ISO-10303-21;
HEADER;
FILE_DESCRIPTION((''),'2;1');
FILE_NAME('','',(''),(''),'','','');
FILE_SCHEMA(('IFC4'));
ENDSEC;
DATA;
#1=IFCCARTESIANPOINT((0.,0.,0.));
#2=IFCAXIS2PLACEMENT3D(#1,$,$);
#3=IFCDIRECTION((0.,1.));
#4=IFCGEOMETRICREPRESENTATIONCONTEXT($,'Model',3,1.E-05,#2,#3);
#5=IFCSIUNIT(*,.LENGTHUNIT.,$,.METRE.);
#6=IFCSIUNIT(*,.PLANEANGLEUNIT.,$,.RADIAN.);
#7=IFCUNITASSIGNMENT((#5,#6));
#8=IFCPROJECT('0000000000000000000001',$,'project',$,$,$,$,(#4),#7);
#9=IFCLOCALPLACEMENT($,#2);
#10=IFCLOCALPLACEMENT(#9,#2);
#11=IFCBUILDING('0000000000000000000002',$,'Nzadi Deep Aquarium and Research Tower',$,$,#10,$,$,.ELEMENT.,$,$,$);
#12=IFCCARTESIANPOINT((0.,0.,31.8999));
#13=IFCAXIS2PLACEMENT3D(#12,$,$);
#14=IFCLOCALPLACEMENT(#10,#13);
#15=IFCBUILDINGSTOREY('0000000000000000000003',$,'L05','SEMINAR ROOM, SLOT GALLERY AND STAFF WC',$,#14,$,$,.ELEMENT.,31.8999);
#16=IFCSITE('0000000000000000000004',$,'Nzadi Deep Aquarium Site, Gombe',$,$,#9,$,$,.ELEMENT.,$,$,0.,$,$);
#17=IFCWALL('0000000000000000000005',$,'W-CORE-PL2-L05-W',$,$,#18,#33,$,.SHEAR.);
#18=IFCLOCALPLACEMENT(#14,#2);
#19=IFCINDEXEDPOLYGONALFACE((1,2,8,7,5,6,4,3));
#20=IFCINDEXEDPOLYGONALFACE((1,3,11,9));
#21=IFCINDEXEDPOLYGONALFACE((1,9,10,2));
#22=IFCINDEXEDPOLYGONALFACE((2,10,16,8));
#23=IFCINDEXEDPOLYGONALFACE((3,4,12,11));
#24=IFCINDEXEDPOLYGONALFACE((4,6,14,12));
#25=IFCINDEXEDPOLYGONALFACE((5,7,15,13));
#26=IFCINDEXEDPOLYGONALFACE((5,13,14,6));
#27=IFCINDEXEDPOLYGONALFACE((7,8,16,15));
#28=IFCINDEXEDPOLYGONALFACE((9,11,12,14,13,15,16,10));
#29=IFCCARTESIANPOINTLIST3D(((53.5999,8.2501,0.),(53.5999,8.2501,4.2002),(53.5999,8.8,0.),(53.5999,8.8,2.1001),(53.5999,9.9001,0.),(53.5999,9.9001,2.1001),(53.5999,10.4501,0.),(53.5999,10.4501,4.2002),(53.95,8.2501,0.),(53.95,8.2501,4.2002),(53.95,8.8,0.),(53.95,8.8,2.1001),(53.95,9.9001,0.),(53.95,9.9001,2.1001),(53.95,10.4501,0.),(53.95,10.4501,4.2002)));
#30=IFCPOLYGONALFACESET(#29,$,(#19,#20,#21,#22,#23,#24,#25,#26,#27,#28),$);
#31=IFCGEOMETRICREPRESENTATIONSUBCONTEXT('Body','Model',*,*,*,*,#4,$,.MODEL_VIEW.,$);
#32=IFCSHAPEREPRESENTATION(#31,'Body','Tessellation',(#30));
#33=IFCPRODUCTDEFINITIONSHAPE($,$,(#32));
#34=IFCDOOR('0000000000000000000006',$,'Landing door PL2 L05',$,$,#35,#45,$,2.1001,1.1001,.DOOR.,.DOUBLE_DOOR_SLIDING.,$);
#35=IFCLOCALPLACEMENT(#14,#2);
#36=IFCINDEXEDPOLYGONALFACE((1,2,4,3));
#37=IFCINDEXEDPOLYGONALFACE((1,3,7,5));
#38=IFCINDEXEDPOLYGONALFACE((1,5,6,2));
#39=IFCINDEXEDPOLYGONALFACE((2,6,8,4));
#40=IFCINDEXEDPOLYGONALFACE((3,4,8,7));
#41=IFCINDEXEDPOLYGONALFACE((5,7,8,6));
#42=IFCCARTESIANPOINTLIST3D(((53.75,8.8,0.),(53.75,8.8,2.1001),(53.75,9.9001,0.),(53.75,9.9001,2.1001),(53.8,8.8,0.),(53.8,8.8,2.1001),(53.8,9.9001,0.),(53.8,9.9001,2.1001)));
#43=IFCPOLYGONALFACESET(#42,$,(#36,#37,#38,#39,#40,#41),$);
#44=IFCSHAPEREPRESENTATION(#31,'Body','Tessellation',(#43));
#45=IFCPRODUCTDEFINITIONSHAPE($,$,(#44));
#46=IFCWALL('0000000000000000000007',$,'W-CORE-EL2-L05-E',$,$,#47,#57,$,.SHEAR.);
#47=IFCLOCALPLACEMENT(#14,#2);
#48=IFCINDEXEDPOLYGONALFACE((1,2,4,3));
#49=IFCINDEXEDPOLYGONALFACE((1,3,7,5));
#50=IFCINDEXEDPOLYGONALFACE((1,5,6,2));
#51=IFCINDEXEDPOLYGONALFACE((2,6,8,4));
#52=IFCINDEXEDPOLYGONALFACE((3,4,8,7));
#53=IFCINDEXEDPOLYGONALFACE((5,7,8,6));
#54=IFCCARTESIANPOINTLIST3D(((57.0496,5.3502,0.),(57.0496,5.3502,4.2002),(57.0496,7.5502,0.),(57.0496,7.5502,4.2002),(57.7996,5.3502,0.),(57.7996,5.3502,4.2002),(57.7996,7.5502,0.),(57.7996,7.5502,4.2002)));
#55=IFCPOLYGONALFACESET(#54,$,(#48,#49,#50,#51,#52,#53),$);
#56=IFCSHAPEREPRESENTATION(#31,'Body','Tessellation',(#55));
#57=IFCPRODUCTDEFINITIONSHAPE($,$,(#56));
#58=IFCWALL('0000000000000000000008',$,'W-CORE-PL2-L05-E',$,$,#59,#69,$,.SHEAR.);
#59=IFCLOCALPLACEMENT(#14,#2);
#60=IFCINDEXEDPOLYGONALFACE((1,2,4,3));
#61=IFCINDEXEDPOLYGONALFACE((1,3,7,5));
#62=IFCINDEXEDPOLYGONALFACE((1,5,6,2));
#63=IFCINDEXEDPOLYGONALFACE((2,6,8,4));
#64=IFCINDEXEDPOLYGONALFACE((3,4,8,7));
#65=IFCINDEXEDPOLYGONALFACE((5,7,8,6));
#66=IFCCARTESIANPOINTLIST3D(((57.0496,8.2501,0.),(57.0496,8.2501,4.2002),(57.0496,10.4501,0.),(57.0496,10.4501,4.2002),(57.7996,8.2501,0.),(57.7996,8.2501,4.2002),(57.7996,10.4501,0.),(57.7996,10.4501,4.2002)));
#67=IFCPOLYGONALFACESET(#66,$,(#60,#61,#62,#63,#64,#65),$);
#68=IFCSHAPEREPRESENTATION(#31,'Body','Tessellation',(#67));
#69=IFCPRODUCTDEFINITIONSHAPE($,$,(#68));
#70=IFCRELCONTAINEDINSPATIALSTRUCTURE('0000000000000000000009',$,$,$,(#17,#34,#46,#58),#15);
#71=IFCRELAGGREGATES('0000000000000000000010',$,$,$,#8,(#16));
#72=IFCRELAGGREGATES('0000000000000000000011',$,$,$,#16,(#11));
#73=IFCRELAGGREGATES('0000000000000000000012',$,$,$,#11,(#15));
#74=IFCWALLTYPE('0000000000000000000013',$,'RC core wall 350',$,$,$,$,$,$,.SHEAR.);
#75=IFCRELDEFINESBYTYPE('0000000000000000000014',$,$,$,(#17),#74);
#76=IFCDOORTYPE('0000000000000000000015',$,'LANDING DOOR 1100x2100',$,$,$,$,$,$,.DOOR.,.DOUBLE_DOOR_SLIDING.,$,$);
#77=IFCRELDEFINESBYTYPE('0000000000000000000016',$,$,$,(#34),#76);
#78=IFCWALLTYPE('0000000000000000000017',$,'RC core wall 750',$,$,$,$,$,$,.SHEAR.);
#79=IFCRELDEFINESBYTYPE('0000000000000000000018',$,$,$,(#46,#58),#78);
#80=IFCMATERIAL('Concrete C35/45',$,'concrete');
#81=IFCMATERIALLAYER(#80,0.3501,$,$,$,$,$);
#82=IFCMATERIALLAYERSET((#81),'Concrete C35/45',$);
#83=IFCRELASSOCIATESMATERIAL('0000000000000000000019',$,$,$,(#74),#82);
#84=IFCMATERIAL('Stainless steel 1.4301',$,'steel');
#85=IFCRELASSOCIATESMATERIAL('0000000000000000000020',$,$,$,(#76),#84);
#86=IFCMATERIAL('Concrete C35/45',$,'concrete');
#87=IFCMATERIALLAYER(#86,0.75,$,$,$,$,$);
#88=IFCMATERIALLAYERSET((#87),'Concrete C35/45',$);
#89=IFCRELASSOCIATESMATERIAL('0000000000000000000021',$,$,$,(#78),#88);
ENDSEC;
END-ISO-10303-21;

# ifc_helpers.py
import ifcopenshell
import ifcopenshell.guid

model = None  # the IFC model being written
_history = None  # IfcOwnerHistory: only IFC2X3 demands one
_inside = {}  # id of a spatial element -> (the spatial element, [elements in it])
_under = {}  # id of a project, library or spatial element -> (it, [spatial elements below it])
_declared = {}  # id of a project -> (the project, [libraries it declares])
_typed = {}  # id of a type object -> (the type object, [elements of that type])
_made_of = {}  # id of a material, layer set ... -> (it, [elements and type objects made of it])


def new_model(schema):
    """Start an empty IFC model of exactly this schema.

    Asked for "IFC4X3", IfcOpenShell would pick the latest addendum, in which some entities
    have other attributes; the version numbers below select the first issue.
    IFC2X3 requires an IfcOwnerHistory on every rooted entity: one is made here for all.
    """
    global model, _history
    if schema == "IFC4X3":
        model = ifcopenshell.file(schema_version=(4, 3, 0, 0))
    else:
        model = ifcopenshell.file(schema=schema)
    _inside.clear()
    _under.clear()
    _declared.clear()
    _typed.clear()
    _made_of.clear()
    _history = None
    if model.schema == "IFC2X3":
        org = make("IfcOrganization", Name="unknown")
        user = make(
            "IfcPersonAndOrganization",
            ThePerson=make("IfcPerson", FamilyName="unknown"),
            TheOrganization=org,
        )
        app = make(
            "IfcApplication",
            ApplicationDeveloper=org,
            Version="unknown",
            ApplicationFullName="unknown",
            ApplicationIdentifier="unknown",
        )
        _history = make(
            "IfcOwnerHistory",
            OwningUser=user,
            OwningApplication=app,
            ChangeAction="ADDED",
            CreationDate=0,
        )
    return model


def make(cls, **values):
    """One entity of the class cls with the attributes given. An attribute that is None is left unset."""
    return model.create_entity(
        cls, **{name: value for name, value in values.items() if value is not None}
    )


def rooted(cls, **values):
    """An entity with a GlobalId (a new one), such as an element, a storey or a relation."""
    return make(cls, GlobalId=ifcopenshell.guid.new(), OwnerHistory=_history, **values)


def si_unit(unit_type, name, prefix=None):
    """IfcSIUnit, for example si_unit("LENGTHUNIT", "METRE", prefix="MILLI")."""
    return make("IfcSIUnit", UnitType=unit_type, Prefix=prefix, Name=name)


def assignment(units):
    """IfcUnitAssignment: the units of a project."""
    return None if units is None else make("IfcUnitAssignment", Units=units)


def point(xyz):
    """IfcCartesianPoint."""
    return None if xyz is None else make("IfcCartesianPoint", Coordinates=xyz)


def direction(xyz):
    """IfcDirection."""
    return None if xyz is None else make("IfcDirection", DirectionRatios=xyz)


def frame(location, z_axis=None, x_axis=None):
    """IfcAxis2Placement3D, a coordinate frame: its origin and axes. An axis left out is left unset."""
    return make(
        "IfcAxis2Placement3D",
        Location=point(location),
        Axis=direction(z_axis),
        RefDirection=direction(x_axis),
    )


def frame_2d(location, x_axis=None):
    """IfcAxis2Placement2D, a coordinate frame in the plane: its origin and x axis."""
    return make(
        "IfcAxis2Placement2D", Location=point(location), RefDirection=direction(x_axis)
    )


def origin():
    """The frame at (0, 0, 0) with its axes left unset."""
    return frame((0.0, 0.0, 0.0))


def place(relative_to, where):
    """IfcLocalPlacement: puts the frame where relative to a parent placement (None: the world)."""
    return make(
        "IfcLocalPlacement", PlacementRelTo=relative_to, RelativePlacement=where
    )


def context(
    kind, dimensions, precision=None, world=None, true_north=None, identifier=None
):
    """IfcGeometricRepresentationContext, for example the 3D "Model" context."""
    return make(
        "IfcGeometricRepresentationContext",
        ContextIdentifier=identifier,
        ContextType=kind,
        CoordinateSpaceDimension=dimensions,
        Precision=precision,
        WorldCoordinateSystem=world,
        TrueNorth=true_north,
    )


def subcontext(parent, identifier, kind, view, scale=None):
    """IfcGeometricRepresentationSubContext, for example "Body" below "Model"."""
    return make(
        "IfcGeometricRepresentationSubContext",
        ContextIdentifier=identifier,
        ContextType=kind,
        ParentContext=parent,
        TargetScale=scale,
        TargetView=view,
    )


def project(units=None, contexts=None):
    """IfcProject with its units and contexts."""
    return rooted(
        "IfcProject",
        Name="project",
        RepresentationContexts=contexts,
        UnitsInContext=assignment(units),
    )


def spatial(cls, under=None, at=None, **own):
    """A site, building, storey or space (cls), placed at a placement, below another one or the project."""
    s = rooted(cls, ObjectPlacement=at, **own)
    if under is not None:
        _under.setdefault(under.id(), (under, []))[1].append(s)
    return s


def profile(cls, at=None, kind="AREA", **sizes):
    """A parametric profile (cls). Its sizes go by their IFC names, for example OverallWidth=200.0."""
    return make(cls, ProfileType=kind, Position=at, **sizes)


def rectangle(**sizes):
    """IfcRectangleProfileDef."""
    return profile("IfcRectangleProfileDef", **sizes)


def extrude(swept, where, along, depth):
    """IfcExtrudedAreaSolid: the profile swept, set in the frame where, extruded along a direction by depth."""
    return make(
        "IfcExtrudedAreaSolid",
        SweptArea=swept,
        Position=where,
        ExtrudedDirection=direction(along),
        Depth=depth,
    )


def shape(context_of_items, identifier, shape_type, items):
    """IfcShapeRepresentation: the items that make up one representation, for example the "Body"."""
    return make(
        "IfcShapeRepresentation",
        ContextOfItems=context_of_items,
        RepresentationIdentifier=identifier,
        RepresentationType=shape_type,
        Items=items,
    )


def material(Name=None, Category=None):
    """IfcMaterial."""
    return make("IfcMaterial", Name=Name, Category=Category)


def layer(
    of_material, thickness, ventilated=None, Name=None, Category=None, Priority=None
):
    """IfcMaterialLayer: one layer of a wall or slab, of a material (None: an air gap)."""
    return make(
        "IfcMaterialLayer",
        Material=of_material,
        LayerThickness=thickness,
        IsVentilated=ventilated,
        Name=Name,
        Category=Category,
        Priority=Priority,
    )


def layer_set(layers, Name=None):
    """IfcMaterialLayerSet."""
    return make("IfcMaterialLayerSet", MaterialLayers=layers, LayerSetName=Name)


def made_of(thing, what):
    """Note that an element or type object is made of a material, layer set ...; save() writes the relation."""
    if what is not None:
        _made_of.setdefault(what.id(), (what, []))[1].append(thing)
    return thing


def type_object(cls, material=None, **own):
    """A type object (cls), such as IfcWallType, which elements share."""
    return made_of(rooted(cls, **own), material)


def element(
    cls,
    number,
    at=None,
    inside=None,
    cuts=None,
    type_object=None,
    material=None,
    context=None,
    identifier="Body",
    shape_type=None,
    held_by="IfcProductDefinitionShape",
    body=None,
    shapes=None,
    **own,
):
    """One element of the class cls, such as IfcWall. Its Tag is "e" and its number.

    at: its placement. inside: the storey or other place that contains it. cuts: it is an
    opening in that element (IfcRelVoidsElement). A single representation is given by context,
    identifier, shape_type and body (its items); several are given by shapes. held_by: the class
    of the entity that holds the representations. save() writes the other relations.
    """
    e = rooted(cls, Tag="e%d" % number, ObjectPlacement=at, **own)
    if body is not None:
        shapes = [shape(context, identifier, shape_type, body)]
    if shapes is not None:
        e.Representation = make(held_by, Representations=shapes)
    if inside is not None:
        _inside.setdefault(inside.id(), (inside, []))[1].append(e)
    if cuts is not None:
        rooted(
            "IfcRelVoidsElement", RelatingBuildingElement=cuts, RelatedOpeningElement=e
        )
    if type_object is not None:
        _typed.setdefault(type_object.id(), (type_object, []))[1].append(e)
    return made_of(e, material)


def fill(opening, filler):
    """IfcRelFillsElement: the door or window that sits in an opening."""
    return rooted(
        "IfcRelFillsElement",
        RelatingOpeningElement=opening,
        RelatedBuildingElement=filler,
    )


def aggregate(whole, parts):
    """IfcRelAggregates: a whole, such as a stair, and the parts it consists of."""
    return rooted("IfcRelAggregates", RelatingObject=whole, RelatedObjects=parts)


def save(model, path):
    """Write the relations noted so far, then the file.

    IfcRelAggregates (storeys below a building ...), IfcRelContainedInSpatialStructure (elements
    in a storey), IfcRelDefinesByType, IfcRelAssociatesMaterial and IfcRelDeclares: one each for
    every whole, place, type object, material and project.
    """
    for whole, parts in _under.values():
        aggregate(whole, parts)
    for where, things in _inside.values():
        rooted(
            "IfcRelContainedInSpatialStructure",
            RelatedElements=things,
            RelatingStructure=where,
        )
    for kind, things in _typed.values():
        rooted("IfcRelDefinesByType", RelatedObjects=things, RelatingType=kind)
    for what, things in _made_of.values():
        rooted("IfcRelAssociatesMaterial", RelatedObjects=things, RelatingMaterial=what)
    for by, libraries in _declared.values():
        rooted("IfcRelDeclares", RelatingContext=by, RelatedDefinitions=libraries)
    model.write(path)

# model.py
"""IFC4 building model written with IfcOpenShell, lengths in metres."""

from ifc_helpers import new_model, si_unit, direction, frame, frame_2d, origin, place, context, subcontext, project, spatial, rectangle, extrude, material, layer, layer_set, type_object, element, fill, save


model = new_model("IFC4")

# Units and contexts
model_context = context("Model", 3, precision=1e-05, world=origin(), true_north=direction((0.0, 1.0)))
body_context = subcontext(model_context, "Body", "Model", "MODEL_VIEW")
ifc_project = project(units=[si_unit("LENGTHUNIT", "METRE"), si_unit("PLANEANGLEUNIT", "RADIAN")], contexts=[model_context])

# Site, building, storey
site_placement = place(None, origin())
site = spatial("IfcSite", under=ifc_project, at=site_placement, Name="Nzadi Deep Aquarium Site, Gombe", CompositionType="ELEMENT", RefElevation=0.0)
building_placement = place(site_placement, origin())
building = spatial("IfcBuilding", under=site, at=building_placement, Name="Nzadi Deep Aquarium and Research Tower", CompositionType="ELEMENT")
storey_placement = place(building_placement, frame((0.0, 0.0, 31.8999)))
storey = spatial("IfcBuildingStorey", under=building, at=storey_placement, Name="L05", Description="SEMINAR ROOM, SLOT GALLERY AND STAFF WC", CompositionType="ELEMENT", Elevation=31.8999)

# Shared definitions
ifc_material_1 = material(Name="Concrete C35/45", Category="concrete")
ifc_layer_1 = layer(ifc_material_1, 0.3501)
ifc_layer_set_1 = layer_set([ifc_layer_1], Name="Concrete C35/45")
wall_type_1 = type_object("IfcWallType", Name="RC core wall 350", PredefinedType="SHEAR", material=ifc_layer_set_1)

# Wall, opening, door
wall_1_placement = place(storey_placement, frame((53.7749, 8.25, 0.0), z_axis=(0.0, 0.0, 1.0), x_axis=(0.0, 1.0, 0.0)))
wall_1 = element("IfcWall", 1, at=wall_1_placement, inside=storey, type_object=wall_type_1, Name="W-CORE-PL2-L05-W", PredefinedType="SHEAR", context=body_context, shape_type="SweptSolid", body=[
    extrude(rectangle(XDim=2.2, YDim=0.3501, at=frame_2d((1.1001, 0.0))), origin(), (0.0, 0.0, 1.0), 4.2002),
])
opening_1_placement = place(wall_1_placement, frame((0.55, 0.0, 0.0)))
opening_1 = element("IfcOpeningElement", 2, at=opening_1_placement, cuts=wall_1, PredefinedType="OPENING", context=body_context, shape_type="SweptSolid", body=[
    extrude(rectangle(XDim=1.1001, YDim=2.1001, at=frame_2d((0.55, 1.05))), frame((0.0, 0.1851, 0.0), z_axis=(0.0, -1.0, 0.0), x_axis=(1.0, 0.0, 0.0)), (0.0, 0.0, 1.0), 0.3701),
])
ifc_material_2 = material(Name="Stainless steel 1.4301", Category="steel")
door_type_1 = type_object("IfcDoorType", Name="LANDING DOOR 1100x2100", OperationType="DOUBLE_DOOR_SLIDING", PredefinedType="DOOR", material=ifc_material_2)
door_1_placement = place(opening_1_placement, origin())
door_1 = element("IfcDoor", 3, at=door_1_placement, inside=storey, type_object=door_type_1, Name="Landing door PL2 L05", OperationType="DOUBLE_DOOR_SLIDING", OverallHeight=2.1001, OverallWidth=1.1001, PredefinedType="DOOR", context=body_context, shape_type="SweptSolid", body=[
    extrude(rectangle(XDim=1.1001, YDim=2.1001, at=frame_2d((0.55, 1.05))), frame((0.0, 0.0249, 0.0), z_axis=(0.0, -1.0, 0.0), x_axis=(1.0, 0.0, 0.0)), (0.0, 0.0, 1.0), 0.05),
])
fill(opening_1, door_1)

# Walls
ifc_material_3 = material(Name="Concrete C35/45", Category="concrete")
ifc_layer_2 = layer(ifc_material_3, 0.75)
ifc_layer_set_2 = layer_set([ifc_layer_2], Name="Concrete C35/45")
wall_type_2 = type_object("IfcWallType", Name="RC core wall 750", PredefinedType="SHEAR", material=ifc_layer_set_2)
for number, where, z_axis, x_axis, name in (
    (4, (57.4246, 5.3501, 0.0), (0.0, 0.0, 1.0), (0.0, 1.0, 0.0), "W-CORE-EL2-L05-E"),
    (5, (57.4246, 8.25, 0.0), (0.0, 0.0, 1.0), (0.0, 1.0, 0.0), "W-CORE-PL2-L05-E"),
):
    element("IfcWall", number, at=place(storey_placement, frame(where, z_axis=z_axis, x_axis=x_axis)), inside=storey, type_object=wall_type_2, Name=name, PredefinedType="SHEAR", context=body_context, shape_type="SweptSolid", body=[
        extrude(rectangle(XDim=2.2, YDim=0.75, at=frame_2d((1.1001, 0.0))), origin(), (0.0, 0.0, 1.0), 4.2002),
    ])

save(model, "model.ifc")
